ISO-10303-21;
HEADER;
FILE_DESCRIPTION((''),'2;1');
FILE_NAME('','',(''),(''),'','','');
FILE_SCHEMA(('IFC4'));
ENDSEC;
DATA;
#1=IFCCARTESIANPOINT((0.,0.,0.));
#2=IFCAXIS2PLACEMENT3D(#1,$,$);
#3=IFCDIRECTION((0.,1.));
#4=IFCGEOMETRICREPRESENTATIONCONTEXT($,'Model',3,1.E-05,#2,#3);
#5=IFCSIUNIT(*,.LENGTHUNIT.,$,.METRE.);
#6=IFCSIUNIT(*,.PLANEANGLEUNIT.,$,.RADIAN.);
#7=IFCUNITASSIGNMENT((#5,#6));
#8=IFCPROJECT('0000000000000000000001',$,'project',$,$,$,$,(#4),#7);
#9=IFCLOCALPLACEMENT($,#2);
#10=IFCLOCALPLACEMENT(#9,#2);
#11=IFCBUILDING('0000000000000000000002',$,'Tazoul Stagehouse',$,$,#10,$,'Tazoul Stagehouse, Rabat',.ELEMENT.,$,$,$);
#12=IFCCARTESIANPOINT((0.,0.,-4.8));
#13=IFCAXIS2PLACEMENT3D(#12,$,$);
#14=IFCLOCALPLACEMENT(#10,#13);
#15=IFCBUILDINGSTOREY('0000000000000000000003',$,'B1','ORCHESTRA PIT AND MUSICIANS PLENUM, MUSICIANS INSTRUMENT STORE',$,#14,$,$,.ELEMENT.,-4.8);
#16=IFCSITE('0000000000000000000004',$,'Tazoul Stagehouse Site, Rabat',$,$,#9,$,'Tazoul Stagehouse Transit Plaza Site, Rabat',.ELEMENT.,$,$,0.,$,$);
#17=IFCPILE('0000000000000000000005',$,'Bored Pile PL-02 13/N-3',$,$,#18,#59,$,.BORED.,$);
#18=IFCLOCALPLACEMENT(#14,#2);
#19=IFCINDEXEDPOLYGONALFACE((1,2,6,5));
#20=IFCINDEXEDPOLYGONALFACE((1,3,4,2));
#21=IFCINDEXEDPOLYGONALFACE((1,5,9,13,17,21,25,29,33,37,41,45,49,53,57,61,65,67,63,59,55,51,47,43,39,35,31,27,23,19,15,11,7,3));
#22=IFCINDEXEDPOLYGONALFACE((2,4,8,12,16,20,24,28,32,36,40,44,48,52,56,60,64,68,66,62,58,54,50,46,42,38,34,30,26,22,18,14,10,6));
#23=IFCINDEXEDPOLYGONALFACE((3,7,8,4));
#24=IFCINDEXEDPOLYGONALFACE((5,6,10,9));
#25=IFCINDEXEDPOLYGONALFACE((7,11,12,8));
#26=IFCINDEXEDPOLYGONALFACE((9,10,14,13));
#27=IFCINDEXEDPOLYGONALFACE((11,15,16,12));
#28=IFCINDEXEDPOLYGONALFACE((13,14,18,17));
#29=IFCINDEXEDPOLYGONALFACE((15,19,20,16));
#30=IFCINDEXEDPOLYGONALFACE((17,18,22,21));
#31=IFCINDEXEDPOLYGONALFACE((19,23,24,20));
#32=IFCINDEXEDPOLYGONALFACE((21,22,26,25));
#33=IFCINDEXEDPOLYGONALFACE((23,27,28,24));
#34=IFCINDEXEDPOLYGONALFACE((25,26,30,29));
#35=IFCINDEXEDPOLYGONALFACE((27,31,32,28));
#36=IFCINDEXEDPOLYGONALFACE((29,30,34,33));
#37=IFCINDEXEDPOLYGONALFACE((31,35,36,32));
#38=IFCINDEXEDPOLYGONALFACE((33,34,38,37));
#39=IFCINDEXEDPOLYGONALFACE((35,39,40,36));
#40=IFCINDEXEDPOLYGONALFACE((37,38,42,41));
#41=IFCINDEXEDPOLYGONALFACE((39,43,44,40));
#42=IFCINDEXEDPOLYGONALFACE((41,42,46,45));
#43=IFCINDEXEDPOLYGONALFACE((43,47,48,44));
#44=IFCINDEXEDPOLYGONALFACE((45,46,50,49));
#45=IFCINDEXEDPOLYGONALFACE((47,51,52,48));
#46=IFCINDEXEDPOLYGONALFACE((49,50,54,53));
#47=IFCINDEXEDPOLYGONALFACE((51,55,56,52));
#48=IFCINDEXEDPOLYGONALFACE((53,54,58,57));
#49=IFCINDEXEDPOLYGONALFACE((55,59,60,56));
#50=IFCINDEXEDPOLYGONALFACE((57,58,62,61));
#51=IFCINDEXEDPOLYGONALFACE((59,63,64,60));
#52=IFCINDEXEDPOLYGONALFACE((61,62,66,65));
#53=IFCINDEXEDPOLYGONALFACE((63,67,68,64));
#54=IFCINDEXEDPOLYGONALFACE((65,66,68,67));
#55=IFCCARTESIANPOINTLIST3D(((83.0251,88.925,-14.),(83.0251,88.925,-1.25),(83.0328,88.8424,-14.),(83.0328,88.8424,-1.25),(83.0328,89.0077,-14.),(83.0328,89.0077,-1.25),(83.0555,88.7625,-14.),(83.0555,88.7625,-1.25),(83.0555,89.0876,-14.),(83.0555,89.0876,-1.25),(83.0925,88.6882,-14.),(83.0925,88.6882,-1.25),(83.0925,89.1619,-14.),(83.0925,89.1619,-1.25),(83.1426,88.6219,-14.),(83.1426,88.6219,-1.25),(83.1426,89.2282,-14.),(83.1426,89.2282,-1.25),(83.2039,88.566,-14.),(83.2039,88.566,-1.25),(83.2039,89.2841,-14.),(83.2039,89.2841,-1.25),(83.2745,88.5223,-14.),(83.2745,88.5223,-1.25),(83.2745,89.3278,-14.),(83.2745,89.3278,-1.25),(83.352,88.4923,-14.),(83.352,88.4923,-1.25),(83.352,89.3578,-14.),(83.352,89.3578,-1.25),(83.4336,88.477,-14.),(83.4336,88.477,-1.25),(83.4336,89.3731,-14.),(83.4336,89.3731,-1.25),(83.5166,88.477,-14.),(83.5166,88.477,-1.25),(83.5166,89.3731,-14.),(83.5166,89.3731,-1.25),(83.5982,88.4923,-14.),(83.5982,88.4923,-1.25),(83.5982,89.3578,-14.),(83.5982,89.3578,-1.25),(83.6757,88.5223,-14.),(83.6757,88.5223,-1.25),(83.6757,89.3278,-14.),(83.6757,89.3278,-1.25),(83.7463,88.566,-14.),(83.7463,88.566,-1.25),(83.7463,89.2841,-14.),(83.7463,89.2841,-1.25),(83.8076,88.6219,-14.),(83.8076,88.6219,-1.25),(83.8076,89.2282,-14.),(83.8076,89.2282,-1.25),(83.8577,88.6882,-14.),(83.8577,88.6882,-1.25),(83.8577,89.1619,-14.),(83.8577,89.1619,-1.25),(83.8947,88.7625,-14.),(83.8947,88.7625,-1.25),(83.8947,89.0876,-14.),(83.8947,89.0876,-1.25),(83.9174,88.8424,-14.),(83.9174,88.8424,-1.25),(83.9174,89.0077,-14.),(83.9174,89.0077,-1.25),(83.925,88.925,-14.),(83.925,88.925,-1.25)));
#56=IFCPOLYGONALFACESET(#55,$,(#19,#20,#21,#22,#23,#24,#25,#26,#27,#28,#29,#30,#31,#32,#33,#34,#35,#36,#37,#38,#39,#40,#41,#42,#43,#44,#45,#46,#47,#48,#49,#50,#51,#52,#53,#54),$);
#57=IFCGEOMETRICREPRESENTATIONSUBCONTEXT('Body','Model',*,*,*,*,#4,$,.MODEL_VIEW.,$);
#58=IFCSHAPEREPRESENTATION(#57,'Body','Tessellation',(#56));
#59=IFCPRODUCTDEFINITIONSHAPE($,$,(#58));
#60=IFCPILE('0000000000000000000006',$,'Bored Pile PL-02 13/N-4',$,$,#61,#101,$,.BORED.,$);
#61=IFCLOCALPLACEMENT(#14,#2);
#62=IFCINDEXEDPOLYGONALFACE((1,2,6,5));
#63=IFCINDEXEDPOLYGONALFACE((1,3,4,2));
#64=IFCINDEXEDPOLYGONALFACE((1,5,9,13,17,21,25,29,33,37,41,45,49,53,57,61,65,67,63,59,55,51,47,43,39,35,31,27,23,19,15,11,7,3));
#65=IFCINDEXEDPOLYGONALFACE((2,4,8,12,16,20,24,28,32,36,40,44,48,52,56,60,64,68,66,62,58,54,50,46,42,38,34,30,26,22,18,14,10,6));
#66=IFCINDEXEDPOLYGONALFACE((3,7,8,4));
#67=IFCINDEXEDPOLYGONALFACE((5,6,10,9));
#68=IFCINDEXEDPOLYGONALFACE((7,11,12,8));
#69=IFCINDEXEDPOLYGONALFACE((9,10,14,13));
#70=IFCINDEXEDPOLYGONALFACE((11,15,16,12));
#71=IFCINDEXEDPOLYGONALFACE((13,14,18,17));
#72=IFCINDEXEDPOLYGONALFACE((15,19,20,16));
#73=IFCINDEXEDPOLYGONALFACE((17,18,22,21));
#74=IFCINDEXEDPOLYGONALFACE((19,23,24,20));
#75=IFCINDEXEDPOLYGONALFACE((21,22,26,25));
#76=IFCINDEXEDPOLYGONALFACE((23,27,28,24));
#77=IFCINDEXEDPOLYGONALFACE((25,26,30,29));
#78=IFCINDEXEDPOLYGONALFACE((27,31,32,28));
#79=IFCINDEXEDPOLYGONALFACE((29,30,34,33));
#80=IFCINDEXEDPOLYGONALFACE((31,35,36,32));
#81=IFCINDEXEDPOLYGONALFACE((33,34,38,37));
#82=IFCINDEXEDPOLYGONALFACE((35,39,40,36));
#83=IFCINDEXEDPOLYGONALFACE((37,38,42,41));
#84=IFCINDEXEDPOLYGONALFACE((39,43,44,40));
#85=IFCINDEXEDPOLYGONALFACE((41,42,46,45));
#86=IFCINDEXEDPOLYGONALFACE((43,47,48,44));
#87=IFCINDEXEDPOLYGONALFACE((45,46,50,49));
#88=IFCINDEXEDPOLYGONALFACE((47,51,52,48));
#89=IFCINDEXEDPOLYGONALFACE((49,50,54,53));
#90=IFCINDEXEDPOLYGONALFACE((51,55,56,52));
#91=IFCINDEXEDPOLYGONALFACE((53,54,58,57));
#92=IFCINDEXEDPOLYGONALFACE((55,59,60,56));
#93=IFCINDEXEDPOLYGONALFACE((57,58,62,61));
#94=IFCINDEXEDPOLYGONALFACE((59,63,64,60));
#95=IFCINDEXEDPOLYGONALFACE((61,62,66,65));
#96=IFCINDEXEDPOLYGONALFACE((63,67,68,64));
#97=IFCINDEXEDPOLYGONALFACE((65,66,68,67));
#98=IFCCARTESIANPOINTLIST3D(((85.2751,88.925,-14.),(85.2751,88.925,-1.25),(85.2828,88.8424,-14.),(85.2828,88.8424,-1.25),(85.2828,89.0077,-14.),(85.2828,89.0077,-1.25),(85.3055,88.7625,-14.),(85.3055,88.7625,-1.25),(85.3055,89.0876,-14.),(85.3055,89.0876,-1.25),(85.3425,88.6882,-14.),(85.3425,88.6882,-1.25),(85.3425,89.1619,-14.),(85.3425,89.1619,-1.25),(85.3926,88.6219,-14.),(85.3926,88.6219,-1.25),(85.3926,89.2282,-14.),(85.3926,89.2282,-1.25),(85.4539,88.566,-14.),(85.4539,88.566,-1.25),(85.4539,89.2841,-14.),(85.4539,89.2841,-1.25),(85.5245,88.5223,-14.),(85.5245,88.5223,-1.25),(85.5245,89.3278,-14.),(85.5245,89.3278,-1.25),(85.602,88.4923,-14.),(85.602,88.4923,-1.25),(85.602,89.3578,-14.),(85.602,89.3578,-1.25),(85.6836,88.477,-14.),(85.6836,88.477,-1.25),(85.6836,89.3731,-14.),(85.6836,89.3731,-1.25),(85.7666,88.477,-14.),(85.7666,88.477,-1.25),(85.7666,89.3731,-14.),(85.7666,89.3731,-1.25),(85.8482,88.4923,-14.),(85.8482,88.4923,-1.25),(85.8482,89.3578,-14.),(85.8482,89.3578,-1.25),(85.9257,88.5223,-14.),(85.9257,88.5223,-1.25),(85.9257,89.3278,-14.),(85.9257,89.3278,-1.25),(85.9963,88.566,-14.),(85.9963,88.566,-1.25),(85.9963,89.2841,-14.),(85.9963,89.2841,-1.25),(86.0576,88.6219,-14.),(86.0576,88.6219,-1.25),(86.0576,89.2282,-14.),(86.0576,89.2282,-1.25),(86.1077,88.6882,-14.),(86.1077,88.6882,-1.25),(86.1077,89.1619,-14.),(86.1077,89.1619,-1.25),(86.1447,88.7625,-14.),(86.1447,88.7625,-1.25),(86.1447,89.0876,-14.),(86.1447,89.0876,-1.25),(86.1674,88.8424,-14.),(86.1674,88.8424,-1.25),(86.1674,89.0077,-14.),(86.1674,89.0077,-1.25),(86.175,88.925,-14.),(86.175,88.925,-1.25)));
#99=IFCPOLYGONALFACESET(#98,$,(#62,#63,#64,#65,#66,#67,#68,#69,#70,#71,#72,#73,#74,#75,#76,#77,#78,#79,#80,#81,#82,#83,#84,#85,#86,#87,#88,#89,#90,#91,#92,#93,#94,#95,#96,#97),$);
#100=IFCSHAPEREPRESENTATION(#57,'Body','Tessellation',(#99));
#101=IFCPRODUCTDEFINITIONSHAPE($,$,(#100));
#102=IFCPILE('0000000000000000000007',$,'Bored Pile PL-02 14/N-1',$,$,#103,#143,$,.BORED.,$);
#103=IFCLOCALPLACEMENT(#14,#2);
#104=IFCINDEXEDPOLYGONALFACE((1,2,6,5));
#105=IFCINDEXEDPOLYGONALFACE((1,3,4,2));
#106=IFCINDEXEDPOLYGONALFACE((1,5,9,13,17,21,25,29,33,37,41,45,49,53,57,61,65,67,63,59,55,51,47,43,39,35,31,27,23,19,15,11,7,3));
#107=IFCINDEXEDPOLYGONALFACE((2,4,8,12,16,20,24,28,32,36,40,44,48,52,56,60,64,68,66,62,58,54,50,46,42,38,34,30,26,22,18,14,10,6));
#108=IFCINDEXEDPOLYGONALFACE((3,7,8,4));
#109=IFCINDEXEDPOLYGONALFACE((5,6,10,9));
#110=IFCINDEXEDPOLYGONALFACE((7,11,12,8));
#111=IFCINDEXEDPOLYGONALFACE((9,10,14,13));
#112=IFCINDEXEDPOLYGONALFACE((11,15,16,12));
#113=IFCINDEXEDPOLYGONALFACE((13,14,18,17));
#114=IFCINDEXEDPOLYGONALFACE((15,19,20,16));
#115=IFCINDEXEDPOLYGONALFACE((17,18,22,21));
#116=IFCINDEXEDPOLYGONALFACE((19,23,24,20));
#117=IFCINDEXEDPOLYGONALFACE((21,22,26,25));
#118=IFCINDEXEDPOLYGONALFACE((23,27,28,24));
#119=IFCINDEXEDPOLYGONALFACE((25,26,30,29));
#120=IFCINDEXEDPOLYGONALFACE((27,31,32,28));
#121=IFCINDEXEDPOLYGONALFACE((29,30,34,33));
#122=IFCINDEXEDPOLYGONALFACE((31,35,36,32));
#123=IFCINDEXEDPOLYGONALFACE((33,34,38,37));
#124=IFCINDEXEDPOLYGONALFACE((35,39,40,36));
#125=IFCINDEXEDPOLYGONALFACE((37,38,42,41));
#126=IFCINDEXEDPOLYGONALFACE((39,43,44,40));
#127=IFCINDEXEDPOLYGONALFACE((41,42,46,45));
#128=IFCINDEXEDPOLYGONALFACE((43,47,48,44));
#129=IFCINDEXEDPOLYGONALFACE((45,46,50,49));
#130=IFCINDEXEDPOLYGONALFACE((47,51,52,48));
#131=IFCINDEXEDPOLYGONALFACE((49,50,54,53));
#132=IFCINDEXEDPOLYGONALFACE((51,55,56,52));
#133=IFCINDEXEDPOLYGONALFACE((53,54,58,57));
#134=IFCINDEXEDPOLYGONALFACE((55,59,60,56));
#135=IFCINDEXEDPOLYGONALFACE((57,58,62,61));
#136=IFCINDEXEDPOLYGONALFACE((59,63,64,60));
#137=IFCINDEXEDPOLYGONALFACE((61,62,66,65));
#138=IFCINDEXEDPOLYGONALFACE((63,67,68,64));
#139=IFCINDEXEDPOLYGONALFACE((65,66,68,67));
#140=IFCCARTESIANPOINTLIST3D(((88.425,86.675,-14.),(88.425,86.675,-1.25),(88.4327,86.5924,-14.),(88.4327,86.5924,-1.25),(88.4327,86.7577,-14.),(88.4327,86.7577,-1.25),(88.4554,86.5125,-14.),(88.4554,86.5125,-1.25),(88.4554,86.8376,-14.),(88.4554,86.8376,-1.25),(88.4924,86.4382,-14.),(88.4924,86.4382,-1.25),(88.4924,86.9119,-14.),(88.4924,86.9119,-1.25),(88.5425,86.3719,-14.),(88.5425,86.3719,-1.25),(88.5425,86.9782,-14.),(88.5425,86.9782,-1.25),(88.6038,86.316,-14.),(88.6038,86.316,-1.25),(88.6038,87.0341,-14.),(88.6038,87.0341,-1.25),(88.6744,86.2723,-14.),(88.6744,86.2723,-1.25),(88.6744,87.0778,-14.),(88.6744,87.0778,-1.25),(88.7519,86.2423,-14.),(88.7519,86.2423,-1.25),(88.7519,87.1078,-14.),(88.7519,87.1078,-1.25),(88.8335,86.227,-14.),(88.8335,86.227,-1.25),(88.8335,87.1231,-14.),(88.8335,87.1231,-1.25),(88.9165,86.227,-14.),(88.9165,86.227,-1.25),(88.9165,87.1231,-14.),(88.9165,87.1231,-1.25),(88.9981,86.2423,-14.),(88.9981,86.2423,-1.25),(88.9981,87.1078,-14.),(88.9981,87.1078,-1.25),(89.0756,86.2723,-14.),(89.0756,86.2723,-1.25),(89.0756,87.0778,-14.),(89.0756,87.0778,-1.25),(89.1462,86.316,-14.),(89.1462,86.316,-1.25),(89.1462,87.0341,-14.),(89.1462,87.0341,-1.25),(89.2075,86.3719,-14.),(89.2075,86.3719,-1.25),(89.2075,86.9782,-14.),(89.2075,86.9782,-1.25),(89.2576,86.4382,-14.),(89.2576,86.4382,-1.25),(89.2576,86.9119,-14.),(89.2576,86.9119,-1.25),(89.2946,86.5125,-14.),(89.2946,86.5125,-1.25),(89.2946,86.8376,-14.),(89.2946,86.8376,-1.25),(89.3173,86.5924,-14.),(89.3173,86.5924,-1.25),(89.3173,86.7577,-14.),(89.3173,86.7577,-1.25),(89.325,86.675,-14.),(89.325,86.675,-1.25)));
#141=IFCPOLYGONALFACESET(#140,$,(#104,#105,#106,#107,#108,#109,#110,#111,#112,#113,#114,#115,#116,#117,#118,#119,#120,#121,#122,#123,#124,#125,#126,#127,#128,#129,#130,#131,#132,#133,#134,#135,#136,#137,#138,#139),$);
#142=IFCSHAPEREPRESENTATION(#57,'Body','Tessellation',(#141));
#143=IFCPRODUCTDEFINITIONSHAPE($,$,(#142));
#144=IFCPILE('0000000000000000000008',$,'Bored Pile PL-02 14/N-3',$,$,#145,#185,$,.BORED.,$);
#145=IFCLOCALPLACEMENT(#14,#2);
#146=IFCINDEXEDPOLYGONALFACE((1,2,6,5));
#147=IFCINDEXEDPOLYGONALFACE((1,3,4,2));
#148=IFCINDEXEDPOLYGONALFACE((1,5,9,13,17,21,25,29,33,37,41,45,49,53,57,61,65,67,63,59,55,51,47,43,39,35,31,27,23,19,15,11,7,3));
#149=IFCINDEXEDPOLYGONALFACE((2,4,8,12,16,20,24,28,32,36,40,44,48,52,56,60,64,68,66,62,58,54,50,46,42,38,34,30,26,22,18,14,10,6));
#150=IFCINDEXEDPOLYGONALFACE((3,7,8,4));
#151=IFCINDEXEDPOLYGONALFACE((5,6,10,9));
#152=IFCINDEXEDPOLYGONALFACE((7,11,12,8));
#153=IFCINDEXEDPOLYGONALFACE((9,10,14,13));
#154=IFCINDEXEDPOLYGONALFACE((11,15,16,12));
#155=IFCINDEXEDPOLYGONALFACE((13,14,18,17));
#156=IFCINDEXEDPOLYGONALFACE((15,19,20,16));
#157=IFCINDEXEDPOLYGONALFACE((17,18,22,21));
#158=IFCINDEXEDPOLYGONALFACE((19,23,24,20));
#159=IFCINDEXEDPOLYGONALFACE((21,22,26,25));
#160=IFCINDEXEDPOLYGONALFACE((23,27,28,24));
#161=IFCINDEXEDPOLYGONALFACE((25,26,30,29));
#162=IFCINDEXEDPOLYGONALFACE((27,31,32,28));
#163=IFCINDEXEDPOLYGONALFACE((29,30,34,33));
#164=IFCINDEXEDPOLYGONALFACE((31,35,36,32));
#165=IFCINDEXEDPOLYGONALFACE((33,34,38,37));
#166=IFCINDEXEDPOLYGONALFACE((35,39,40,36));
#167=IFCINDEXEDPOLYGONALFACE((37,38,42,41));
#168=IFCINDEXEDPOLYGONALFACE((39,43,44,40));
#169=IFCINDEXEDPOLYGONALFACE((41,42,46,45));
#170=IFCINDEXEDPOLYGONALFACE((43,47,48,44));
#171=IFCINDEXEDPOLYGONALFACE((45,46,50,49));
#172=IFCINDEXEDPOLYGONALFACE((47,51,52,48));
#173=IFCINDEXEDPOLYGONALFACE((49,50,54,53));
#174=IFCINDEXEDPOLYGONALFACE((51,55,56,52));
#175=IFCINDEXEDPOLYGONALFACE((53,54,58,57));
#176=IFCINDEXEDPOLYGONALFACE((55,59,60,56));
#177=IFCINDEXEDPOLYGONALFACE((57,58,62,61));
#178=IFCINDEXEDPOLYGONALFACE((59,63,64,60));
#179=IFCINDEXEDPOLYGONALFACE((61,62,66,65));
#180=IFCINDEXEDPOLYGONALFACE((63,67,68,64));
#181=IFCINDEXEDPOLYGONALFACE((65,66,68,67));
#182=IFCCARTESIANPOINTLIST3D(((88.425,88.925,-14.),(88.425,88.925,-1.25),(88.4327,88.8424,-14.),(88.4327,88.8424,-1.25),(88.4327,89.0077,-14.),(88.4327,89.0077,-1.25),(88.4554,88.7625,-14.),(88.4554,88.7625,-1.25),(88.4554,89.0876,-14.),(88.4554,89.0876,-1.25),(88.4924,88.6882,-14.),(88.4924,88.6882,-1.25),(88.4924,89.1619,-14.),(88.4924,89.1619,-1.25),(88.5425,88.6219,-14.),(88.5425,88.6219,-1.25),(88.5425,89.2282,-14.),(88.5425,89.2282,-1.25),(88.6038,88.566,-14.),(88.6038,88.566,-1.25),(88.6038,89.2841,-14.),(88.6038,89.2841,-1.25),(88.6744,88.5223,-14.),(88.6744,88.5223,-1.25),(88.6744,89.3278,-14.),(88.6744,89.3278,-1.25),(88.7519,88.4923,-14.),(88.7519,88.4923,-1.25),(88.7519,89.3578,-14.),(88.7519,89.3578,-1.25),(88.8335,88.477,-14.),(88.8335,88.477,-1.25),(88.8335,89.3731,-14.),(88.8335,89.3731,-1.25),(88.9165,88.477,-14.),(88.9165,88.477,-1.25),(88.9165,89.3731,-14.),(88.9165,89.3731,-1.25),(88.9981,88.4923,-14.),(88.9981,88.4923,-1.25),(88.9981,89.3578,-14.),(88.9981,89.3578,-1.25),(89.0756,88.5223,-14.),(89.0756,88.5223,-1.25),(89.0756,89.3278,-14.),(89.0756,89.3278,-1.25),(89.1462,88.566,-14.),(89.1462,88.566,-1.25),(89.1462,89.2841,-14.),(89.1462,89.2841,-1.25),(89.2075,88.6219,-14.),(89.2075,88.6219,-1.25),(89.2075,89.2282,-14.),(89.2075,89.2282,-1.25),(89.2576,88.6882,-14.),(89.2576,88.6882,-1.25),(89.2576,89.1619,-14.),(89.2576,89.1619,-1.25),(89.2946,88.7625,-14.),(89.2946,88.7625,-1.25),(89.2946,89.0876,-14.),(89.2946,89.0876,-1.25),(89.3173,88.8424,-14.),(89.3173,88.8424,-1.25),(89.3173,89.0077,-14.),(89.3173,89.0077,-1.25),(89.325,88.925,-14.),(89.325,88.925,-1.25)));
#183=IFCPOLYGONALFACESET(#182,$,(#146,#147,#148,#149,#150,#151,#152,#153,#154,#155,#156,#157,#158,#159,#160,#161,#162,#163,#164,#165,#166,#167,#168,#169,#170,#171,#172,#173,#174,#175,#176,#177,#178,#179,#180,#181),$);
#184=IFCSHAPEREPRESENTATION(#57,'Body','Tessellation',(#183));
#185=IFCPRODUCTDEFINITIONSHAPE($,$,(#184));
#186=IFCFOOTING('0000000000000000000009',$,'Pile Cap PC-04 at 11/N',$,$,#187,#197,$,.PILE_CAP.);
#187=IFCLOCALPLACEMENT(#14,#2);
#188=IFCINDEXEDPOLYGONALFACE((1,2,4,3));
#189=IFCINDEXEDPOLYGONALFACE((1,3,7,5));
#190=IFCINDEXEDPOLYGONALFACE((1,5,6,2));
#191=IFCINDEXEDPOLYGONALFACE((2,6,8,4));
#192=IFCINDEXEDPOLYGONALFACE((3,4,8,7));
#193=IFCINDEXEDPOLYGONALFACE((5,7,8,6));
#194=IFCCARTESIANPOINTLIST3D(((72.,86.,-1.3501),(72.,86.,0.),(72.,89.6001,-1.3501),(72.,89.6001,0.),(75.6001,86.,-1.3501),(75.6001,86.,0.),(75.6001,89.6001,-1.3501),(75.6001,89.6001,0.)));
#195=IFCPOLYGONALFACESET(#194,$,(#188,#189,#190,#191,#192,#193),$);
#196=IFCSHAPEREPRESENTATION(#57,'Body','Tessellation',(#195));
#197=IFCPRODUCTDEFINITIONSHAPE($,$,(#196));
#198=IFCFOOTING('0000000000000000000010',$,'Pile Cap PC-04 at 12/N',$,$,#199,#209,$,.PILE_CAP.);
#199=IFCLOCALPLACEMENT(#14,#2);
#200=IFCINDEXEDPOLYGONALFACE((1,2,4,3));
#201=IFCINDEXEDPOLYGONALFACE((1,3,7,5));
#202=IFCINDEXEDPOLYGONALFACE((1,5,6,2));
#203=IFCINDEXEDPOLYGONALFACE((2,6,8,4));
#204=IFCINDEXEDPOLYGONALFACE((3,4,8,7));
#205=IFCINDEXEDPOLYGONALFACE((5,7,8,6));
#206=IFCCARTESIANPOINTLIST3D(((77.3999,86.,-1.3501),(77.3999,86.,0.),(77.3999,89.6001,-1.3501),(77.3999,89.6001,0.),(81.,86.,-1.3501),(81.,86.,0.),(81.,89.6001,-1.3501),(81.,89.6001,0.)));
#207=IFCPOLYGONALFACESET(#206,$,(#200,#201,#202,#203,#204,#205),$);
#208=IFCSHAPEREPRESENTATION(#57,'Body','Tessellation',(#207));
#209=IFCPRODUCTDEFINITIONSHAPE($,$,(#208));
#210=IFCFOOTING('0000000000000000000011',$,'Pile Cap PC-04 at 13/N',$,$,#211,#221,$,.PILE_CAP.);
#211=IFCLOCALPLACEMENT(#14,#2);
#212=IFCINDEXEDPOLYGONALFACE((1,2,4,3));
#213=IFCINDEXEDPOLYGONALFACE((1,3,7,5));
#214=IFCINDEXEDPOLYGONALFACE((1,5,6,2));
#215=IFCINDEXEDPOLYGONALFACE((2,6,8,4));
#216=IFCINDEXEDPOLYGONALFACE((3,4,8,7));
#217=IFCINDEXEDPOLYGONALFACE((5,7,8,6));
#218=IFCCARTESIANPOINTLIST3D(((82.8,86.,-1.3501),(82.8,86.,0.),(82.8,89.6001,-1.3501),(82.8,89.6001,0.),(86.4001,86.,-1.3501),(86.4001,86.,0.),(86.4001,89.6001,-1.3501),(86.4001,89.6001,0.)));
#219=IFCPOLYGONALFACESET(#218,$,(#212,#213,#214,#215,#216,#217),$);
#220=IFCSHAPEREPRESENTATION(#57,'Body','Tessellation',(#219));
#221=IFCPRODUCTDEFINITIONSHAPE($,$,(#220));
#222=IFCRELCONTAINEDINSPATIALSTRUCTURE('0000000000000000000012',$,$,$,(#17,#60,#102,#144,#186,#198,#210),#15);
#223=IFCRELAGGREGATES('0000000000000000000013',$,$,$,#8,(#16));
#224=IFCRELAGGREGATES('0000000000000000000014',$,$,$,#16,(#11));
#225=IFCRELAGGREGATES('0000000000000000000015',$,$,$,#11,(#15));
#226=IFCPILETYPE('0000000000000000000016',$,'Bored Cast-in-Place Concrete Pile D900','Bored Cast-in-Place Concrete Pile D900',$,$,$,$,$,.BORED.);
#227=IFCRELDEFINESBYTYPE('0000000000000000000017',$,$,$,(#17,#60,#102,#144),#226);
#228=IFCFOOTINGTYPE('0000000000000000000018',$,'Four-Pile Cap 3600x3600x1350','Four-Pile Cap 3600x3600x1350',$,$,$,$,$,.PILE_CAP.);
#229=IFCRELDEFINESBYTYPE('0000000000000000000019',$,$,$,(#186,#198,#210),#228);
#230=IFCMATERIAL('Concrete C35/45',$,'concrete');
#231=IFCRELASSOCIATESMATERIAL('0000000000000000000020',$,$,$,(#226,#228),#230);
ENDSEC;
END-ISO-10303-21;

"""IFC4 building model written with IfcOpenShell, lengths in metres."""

from ifc_helpers import new_model, si_unit, direction, frame, origin, origin_2d, place, context, subcontext, project, spatial, rectangle, circle, extrude, material, material_profile, profile_set, type_object, element, save


model = new_model("IFC4")

# Units and contexts
model_context = context("Model", 3, precision=1e-05, world=origin(), true_north=direction((0.0, 1.0)))
body_context = subcontext(model_context, "Body", "Model", "MODEL_VIEW")
ifc_project = project(units=[si_unit("LENGTHUNIT", "METRE"), si_unit("PLANEANGLEUNIT", "RADIAN")], contexts=[model_context])

# Site, building, storey
site_placement = place(None, origin())
site = spatial("IfcSite", under=ifc_project, at=site_placement, Name="Tazoul Stagehouse Site, Rabat", LongName="Tazoul Stagehouse Transit Plaza Site, Rabat", CompositionType="ELEMENT", RefElevation=0.0)
building_placement = place(site_placement, origin())
building = spatial("IfcBuilding", under=site, at=building_placement, Name="Tazoul Stagehouse", LongName="Tazoul Stagehouse, Rabat", CompositionType="ELEMENT")
storey_placement = place(building_placement, frame((0.0, 0.0, -4.8)))
storey = spatial("IfcBuildingStorey", under=building, at=storey_placement, Name="B1", Description="ORCHESTRA PIT AND MUSICIANS PLENUM, MUSICIANS INSTRUMENT STORE", CompositionType="ELEMENT", Elevation=-4.8)

# Piles
ifc_material_1 = material(Name="Concrete C35/45", Category="concrete")
ifc_material_profile_1 = material_profile(ifc_material_1, circle(Radius=0.45, at=origin_2d()), Name="BORED PILE 900")
ifc_profile_set_1 = profile_set([ifc_material_profile_1], Name="Concrete C35/45")
pile_type = type_object("IfcPileType", Name="Bored Cast-in-Place Concrete Pile D900", Description="Bored Cast-in-Place Concrete Pile D900", PredefinedType="BORED", material=ifc_profile_set_1)
for number, where, z_axis, x_axis, name in (
    (1, (83.4751, 88.925, -1.25), (0.0, 0.0, -1.0), (1.0, 0.0, 0.0), "Bored Pile PL-02 13/N-3"),
    (2, (85.7251, 88.925, -1.25), (0.0, 0.0, -1.0), (1.0, 0.0, 0.0), "Bored Pile PL-02 13/N-4"),
    (3, (88.875, 86.675, -1.25), (0.0, 0.0, -1.0), (1.0, 0.0, 0.0), "Bored Pile PL-02 14/N-1"),
    (4, (88.875, 88.925, -1.25), (0.0, 0.0, -1.0), (1.0, 0.0, 0.0), "Bored Pile PL-02 14/N-3"),
):
    element("IfcPile", number, at=place(storey_placement, frame(where, z_axis=z_axis, x_axis=x_axis)), inside=storey, type_object=pile_type, Name=name, PredefinedType="BORED", context=body_context, shape_type="SweptSolid", body=[
        extrude(circle(Radius=0.45, at=origin_2d()), origin(), (0.0, 0.0, 1.0), 12.75),
    ])

# Footings
footing_type_1 = type_object("IfcFootingType", Name="Four-Pile Cap 3600x3600x1350", Description="Four-Pile Cap 3600x3600x1350", PredefinedType="PILE_CAP", material=ifc_material_1)
for number, where, z_axis, x_axis, name in (
    (5, (73.8, 87.8, -1.3501), (0.0, 0.0, 1.0), (1.0, 0.0, 0.0), "Pile Cap PC-04 at 11/N"),
    (6, (79.2, 87.8, -1.3501), (0.0, 0.0, 1.0), (1.0, 0.0, 0.0), "Pile Cap PC-04 at 12/N"),
    (7, (84.6001, 87.8, -1.3501), (0.0, 0.0, 1.0), (1.0, 0.0, 0.0), "Pile Cap PC-04 at 13/N"),
):
    element("IfcFooting", number, at=place(storey_placement, frame(where, z_axis=z_axis, x_axis=x_axis)), inside=storey, type_object=footing_type_1, Name=name, PredefinedType="PILE_CAP", context=body_context, shape_type="SweptSolid", body=[
        extrude(rectangle(XDim=3.6001, YDim=3.6001, at=origin_2d()), origin(), (0.0, 0.0, 1.0), 1.3501),
    ])

save(model, "model.ifc")
